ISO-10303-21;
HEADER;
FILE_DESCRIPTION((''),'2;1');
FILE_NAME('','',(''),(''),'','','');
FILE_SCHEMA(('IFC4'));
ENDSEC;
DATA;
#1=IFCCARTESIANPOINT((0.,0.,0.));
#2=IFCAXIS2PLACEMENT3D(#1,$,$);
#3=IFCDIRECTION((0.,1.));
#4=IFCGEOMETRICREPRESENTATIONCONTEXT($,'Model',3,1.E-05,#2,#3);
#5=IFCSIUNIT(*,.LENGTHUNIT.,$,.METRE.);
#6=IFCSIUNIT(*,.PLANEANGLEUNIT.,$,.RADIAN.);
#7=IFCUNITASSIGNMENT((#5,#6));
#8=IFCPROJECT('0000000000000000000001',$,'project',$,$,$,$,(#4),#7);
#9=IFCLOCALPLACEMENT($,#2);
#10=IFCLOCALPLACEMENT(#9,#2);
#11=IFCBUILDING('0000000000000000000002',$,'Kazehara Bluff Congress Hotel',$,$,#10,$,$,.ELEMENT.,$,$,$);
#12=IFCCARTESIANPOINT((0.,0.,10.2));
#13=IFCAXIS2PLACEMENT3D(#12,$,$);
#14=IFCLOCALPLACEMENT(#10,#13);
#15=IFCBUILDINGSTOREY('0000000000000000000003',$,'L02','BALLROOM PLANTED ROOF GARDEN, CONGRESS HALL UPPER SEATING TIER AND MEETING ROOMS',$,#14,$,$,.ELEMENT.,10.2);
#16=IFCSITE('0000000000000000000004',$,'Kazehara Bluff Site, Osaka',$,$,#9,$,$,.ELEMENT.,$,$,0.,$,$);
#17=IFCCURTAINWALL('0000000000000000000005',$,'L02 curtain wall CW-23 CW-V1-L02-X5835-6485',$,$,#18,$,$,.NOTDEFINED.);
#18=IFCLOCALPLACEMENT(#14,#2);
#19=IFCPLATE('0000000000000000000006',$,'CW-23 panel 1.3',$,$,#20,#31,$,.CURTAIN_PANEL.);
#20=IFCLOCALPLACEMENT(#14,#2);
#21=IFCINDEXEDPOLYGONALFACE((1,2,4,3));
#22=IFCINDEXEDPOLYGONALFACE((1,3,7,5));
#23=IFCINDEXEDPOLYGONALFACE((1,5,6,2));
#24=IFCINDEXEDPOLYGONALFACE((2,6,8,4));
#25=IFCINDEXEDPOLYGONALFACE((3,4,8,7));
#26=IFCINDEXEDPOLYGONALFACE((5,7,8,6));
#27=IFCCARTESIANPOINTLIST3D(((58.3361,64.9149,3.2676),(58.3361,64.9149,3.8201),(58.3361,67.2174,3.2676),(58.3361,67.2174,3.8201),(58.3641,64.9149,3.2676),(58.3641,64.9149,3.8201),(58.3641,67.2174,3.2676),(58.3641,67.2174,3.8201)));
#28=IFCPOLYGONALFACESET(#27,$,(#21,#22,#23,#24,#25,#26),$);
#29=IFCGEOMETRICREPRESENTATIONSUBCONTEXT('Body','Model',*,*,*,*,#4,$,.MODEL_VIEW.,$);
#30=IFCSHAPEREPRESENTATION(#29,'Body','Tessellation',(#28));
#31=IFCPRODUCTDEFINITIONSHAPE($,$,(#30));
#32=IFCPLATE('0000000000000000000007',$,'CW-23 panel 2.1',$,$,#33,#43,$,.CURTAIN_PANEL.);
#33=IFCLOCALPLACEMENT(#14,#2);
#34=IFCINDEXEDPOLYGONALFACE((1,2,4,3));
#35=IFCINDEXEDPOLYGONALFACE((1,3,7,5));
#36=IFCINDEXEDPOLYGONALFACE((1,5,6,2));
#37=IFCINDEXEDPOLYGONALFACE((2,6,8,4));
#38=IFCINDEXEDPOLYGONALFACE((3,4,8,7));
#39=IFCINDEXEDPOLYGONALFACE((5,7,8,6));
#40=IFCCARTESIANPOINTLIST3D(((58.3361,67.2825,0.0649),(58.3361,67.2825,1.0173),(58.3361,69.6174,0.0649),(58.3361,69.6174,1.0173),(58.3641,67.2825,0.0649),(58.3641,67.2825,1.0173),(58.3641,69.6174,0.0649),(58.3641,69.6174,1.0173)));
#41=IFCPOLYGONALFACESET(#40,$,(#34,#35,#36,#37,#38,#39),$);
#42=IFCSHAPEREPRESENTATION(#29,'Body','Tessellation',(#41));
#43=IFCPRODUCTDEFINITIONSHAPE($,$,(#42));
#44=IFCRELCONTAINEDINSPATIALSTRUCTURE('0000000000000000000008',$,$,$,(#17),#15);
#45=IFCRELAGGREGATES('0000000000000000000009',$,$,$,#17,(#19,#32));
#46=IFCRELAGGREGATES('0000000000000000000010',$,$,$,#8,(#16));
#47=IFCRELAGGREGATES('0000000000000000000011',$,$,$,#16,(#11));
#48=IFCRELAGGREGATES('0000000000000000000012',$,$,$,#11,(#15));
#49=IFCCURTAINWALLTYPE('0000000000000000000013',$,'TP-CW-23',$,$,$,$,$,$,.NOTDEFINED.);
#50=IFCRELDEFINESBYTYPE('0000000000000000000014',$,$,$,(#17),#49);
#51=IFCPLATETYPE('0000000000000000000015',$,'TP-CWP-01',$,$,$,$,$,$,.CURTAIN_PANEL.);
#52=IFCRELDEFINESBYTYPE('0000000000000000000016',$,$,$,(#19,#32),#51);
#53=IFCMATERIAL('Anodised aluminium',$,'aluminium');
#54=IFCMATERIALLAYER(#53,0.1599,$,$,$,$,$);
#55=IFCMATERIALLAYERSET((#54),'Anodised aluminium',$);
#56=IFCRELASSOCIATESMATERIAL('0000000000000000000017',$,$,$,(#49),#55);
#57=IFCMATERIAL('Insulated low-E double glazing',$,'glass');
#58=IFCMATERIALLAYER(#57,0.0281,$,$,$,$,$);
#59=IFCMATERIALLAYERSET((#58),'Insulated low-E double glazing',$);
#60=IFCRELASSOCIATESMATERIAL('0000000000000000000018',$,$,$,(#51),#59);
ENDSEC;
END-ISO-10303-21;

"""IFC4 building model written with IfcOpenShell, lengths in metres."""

from ifc_helpers import new_model, si_unit, direction, frame, origin, origin_2d, place, context, subcontext, project, spatial, rectangle, extrude, material, layer, layer_set, type_object, element, aggregate, save


model = new_model("IFC4")

# Units and contexts
model_context = context("Model", 3, precision=1e-05, world=origin(), true_north=direction((0.0, 1.0)))
body_context = subcontext(model_context, "Body", "Model", "MODEL_VIEW")
ifc_project = project(units=[si_unit("LENGTHUNIT", "METRE"), si_unit("PLANEANGLEUNIT", "RADIAN")], contexts=[model_context])

# Site, building, storey
site_placement = place(None, origin())
site = spatial("IfcSite", under=ifc_project, at=site_placement, Name="Kazehara Bluff Site, Osaka", CompositionType="ELEMENT", RefElevation=0.0)
building_placement = place(site_placement, origin())
building = spatial("IfcBuilding", under=site, at=building_placement, Name="Kazehara Bluff Congress Hotel", CompositionType="ELEMENT")
storey_placement = place(building_placement, frame((0.0, 0.0, 10.2)))
storey = spatial("IfcBuildingStorey", under=building, at=storey_placement, Name="L02", Description="BALLROOM PLANTED ROOF GARDEN, CONGRESS HALL UPPER SEATING TIER AND MEETING ROOMS", CompositionType="ELEMENT", Elevation=10.2)

# Curtain wall
ifc_material_1 = material(Name="Anodised aluminium", Category="aluminium")
ifc_layer_1 = layer(ifc_material_1, 0.1599)
ifc_layer_set_1 = layer_set([ifc_layer_1], Name="Anodised aluminium")
curtain_wall_type = type_object("IfcCurtainWallType", Name="TP-CW-23", PredefinedType="NOTDEFINED", material=ifc_layer_set_1)
curtain_wall_1_placement = place(storey_placement, origin())
curtain_wall_1 = element("IfcCurtainWall", 1, at=curtain_wall_1_placement, inside=storey, type_object=curtain_wall_type, Name="L02 curtain wall CW-23 CW-V1-L02-X5835-6485", PredefinedType="NOTDEFINED")

# Plates
ifc_material_2 = material(Name="Insulated low-E double glazing", Category="glass")
ifc_layer_2 = layer(ifc_material_2, 0.0281)
ifc_layer_set_2 = layer_set([ifc_layer_2], Name="Insulated low-E double glazing")
plate_type = type_object("IfcPlateType", Name="TP-CWP-01", PredefinedType="CURTAIN_PANEL", material=ifc_layer_set_2)
plate_1_placement = place(storey_placement, frame((58.3501, 66.0662, 3.2676), z_axis=(0.0, 0.0, 1.0), x_axis=(0.0, 1.0, 0.0)))
plate_1 = element("IfcPlate", 2, at=plate_1_placement, type_object=plate_type, Name="CW-23 panel 1.3", PredefinedType="CURTAIN_PANEL", context=body_context, shape_type="SweptSolid", body=[
    extrude(rectangle(XDim=2.3025, YDim=0.0281, at=origin_2d()), origin(), (0.0, 0.0, 1.0), 0.5525),
])
plate_2_placement = place(storey_placement, frame((58.3501, 68.45, 0.0649), z_axis=(0.0, 0.0, 1.0), x_axis=(0.0, 1.0, 0.0)))
plate_2 = element("IfcPlate", 3, at=plate_2_placement, type_object=plate_type, Name="CW-23 panel 2.1", PredefinedType="CURTAIN_PANEL", context=body_context, shape_type="SweptSolid", body=[
    extrude(rectangle(XDim=2.335, YDim=0.0281, at=origin_2d()), origin(), (0.0, 0.0, 1.0), 0.9524),
])
aggregate(curtain_wall_1, [plate_1, plate_2])

save(model, "model.ifc")
